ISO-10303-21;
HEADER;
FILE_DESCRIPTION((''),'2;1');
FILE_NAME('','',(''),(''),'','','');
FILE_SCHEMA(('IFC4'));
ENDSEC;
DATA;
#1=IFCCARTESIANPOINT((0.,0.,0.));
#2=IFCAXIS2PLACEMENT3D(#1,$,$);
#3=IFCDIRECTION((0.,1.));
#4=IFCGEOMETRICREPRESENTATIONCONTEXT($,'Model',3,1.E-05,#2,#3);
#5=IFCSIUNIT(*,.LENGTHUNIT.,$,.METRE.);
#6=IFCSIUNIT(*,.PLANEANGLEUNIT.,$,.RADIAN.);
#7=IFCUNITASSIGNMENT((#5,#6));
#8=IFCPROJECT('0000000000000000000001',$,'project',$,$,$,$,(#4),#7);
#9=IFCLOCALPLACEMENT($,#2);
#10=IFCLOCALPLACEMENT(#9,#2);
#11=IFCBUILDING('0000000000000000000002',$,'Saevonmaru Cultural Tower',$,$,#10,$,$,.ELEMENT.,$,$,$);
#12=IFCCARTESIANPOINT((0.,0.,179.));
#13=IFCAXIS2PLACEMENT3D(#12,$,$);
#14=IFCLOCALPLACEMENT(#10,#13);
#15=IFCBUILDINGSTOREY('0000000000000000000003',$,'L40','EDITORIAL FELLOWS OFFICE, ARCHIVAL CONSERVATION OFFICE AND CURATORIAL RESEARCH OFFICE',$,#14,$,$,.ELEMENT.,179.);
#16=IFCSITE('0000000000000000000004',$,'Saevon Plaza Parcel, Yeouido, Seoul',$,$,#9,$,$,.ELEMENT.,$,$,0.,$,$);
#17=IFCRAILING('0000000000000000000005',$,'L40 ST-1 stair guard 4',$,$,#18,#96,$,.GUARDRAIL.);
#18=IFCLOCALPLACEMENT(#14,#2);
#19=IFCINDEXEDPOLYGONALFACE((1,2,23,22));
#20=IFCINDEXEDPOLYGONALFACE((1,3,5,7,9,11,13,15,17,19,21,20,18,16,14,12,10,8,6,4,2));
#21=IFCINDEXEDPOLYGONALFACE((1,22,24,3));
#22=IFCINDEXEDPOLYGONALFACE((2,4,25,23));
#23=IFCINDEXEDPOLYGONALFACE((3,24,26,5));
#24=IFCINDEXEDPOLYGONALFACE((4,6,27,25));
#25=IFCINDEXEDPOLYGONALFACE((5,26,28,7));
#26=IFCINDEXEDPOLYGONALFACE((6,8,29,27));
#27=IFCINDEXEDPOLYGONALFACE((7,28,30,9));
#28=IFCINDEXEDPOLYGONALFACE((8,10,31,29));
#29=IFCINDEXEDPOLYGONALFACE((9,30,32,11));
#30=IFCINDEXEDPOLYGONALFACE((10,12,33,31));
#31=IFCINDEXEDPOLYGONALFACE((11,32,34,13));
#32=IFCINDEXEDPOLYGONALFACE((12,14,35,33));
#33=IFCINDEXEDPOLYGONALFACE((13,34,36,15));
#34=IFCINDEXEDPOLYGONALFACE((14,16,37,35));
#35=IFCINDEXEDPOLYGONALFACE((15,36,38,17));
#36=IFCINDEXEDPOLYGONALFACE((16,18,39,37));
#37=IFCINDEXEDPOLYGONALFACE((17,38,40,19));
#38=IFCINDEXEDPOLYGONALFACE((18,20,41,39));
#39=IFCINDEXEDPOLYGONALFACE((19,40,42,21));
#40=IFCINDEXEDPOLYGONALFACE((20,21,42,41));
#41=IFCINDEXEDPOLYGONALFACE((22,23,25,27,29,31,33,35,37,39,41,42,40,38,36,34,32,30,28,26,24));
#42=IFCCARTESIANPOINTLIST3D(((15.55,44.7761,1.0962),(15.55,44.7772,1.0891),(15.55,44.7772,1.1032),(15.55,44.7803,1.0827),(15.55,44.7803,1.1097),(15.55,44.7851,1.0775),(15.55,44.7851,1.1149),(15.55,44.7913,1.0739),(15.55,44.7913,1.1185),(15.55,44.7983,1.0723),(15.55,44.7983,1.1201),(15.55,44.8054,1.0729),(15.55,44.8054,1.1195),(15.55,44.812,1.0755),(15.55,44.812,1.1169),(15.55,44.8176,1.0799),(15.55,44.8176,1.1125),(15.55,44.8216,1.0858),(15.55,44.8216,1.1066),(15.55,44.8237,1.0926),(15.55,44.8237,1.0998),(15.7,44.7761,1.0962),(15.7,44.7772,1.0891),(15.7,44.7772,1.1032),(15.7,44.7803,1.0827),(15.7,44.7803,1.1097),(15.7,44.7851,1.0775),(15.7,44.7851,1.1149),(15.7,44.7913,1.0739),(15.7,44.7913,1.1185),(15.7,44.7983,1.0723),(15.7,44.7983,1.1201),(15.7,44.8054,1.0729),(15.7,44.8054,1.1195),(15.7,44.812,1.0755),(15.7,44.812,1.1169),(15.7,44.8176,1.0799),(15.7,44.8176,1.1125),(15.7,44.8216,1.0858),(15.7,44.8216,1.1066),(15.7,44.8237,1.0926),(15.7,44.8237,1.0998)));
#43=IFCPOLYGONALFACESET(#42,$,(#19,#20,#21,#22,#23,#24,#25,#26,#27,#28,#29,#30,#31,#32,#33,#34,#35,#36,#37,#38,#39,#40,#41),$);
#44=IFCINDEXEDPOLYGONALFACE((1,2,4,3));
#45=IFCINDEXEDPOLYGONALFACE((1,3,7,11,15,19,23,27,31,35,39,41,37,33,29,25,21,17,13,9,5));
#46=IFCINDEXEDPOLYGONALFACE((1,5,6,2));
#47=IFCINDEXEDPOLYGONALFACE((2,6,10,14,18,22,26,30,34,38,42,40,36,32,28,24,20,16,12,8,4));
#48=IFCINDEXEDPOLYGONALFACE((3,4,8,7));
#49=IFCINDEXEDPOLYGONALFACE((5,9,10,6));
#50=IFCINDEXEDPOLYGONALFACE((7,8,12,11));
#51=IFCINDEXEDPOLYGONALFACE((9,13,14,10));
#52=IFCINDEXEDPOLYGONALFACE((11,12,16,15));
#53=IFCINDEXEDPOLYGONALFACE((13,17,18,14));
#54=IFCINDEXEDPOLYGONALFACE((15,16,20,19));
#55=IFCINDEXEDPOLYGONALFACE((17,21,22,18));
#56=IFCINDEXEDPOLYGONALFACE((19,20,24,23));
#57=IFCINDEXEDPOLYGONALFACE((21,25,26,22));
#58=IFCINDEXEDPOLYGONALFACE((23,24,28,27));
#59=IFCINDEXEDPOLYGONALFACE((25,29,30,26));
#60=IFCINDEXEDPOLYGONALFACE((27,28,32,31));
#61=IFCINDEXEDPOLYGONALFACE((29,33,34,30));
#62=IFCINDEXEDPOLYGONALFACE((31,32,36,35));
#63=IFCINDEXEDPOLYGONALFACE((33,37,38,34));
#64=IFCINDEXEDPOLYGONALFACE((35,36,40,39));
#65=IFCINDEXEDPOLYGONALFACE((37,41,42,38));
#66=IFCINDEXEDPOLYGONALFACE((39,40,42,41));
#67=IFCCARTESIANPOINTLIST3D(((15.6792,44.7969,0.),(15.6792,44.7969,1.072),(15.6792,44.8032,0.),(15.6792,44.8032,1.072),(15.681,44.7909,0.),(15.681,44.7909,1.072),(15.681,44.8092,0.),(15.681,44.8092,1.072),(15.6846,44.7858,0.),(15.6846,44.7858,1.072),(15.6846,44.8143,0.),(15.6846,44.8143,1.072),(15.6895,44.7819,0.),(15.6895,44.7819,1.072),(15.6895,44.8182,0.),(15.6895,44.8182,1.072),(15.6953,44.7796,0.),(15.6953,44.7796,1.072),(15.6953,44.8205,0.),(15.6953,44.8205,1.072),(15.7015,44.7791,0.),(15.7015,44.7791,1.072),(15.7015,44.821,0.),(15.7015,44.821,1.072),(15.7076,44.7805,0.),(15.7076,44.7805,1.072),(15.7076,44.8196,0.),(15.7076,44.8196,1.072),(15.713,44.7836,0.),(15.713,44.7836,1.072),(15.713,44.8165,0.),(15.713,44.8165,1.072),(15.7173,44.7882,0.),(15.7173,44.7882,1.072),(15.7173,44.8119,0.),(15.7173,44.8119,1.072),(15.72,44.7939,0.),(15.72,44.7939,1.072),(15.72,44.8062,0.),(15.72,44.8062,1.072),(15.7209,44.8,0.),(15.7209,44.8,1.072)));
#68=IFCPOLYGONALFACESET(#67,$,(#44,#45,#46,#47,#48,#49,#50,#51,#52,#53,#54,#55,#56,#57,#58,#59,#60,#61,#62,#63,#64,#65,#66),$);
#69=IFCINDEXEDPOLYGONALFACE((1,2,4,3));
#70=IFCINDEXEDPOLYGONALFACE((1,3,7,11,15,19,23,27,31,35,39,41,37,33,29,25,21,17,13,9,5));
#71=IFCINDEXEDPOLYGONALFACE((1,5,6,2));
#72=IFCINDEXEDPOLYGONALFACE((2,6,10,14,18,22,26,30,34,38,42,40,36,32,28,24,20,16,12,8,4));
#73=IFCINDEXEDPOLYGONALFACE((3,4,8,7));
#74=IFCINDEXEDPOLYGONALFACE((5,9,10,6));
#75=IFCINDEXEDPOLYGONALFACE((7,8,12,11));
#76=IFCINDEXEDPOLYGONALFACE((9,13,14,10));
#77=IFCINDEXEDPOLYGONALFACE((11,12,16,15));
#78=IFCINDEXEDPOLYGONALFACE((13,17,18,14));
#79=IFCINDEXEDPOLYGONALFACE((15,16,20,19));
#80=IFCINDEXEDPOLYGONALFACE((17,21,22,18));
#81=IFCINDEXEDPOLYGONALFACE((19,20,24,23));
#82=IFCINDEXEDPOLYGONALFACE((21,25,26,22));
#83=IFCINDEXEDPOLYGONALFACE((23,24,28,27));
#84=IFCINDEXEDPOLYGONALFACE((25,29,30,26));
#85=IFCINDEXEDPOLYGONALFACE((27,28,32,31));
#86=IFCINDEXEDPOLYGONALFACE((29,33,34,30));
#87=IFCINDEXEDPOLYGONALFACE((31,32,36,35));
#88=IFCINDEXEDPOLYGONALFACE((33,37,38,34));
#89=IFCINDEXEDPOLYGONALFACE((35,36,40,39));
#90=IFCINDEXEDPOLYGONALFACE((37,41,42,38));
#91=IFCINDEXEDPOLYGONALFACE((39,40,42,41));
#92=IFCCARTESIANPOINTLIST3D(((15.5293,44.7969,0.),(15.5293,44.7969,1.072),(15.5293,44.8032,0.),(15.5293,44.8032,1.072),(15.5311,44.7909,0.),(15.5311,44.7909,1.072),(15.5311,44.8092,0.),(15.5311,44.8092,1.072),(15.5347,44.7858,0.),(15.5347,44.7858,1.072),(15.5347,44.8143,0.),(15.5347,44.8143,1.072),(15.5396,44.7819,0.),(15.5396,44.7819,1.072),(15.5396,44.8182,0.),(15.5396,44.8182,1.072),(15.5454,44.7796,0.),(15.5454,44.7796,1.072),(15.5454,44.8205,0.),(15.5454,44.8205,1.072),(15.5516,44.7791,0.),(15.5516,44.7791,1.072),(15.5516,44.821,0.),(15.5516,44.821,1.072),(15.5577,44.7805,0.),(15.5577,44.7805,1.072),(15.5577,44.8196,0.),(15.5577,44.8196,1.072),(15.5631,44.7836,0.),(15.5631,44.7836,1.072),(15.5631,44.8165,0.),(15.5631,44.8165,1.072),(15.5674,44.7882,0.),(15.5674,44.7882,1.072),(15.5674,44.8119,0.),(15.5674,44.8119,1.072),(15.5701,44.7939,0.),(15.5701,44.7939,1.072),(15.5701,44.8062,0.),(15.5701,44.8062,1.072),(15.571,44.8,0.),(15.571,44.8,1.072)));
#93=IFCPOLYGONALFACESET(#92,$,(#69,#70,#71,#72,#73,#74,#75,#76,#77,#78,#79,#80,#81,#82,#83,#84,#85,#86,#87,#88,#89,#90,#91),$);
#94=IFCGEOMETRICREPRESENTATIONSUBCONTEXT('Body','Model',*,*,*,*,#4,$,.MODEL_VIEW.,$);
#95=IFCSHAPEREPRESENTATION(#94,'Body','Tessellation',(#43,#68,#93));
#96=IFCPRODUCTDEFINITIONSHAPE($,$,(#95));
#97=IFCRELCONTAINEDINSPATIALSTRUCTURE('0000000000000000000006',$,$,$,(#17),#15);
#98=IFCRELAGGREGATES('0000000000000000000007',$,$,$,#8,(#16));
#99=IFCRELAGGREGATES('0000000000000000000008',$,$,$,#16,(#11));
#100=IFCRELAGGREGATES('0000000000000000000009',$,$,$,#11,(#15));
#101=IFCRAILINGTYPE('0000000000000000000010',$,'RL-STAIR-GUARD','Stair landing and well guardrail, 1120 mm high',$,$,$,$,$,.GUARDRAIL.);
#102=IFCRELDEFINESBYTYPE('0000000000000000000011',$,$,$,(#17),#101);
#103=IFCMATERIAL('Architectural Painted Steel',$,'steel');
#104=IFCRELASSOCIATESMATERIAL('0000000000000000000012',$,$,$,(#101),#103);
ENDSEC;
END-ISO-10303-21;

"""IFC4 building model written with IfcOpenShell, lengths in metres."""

from ifc_helpers import new_model, si_unit, direction, frame, origin, origin_2d, place, context, subcontext, project, spatial, circle, extrude, material, type_object, element, save


model = new_model("IFC4")

# Units and contexts
model_context = context("Model", 3, precision=1e-05, world=origin(), true_north=direction((0.0, 1.0)))
body_context = subcontext(model_context, "Body", "Model", "MODEL_VIEW")
ifc_project = project(units=[si_unit("LENGTHUNIT", "METRE"), si_unit("PLANEANGLEUNIT", "RADIAN")], contexts=[model_context])

# Site, building, storey
site_placement = place(None, origin())
site = spatial("IfcSite", under=ifc_project, at=site_placement, Name="Saevon Plaza Parcel, Yeouido, Seoul", CompositionType="ELEMENT", RefElevation=0.0)
building_placement = place(site_placement, origin())
building = spatial("IfcBuilding", under=site, at=building_placement, Name="Saevonmaru Cultural Tower", CompositionType="ELEMENT")
storey_placement = place(building_placement, frame((0.0, 0.0, 179.0)))
storey = spatial("IfcBuildingStorey", under=building, at=storey_placement, Name="L40", Description="EDITORIAL FELLOWS OFFICE, ARCHIVAL CONSERVATION OFFICE AND CURATORIAL RESEARCH OFFICE", CompositionType="ELEMENT", Elevation=179.0)

# Railing
ifc_material_1 = material(Name="Architectural Painted Steel", Category="steel")
railing_type_1 = type_object("IfcRailingType", Name="RL-STAIR-GUARD", Description="Stair landing and well guardrail, 1120 mm high", PredefinedType="GUARDRAIL", material=ifc_material_1)
railing_1_placement = place(storey_placement, frame((15.7, 44.8, 0.0)))
element("IfcRailing", 1, at=railing_1_placement, inside=storey, type_object=railing_type_1, Name="L40 ST-1 stair guard 4", PredefinedType="GUARDRAIL", context=body_context, shape_type="SweptSolid", body=[
    extrude(circle(Radius=0.0239, at=origin_2d()), frame((0.0, 0.0, 1.0962), z_axis=(-1.0, 0.0, 0.0), x_axis=(0.0, -1.0, 0.0)), (0.0, 0.0, 1.0), 0.1499),
    extrude(circle(Radius=0.021, at=origin_2d()), origin(), (0.0, 0.0, 1.0), 1.072),
    extrude(circle(Radius=0.021, at=origin_2d()), frame((-0.1499, 0.0, 0.0)), (0.0, 0.0, 1.0), 1.072),
])

save(model, "model.ifc")
